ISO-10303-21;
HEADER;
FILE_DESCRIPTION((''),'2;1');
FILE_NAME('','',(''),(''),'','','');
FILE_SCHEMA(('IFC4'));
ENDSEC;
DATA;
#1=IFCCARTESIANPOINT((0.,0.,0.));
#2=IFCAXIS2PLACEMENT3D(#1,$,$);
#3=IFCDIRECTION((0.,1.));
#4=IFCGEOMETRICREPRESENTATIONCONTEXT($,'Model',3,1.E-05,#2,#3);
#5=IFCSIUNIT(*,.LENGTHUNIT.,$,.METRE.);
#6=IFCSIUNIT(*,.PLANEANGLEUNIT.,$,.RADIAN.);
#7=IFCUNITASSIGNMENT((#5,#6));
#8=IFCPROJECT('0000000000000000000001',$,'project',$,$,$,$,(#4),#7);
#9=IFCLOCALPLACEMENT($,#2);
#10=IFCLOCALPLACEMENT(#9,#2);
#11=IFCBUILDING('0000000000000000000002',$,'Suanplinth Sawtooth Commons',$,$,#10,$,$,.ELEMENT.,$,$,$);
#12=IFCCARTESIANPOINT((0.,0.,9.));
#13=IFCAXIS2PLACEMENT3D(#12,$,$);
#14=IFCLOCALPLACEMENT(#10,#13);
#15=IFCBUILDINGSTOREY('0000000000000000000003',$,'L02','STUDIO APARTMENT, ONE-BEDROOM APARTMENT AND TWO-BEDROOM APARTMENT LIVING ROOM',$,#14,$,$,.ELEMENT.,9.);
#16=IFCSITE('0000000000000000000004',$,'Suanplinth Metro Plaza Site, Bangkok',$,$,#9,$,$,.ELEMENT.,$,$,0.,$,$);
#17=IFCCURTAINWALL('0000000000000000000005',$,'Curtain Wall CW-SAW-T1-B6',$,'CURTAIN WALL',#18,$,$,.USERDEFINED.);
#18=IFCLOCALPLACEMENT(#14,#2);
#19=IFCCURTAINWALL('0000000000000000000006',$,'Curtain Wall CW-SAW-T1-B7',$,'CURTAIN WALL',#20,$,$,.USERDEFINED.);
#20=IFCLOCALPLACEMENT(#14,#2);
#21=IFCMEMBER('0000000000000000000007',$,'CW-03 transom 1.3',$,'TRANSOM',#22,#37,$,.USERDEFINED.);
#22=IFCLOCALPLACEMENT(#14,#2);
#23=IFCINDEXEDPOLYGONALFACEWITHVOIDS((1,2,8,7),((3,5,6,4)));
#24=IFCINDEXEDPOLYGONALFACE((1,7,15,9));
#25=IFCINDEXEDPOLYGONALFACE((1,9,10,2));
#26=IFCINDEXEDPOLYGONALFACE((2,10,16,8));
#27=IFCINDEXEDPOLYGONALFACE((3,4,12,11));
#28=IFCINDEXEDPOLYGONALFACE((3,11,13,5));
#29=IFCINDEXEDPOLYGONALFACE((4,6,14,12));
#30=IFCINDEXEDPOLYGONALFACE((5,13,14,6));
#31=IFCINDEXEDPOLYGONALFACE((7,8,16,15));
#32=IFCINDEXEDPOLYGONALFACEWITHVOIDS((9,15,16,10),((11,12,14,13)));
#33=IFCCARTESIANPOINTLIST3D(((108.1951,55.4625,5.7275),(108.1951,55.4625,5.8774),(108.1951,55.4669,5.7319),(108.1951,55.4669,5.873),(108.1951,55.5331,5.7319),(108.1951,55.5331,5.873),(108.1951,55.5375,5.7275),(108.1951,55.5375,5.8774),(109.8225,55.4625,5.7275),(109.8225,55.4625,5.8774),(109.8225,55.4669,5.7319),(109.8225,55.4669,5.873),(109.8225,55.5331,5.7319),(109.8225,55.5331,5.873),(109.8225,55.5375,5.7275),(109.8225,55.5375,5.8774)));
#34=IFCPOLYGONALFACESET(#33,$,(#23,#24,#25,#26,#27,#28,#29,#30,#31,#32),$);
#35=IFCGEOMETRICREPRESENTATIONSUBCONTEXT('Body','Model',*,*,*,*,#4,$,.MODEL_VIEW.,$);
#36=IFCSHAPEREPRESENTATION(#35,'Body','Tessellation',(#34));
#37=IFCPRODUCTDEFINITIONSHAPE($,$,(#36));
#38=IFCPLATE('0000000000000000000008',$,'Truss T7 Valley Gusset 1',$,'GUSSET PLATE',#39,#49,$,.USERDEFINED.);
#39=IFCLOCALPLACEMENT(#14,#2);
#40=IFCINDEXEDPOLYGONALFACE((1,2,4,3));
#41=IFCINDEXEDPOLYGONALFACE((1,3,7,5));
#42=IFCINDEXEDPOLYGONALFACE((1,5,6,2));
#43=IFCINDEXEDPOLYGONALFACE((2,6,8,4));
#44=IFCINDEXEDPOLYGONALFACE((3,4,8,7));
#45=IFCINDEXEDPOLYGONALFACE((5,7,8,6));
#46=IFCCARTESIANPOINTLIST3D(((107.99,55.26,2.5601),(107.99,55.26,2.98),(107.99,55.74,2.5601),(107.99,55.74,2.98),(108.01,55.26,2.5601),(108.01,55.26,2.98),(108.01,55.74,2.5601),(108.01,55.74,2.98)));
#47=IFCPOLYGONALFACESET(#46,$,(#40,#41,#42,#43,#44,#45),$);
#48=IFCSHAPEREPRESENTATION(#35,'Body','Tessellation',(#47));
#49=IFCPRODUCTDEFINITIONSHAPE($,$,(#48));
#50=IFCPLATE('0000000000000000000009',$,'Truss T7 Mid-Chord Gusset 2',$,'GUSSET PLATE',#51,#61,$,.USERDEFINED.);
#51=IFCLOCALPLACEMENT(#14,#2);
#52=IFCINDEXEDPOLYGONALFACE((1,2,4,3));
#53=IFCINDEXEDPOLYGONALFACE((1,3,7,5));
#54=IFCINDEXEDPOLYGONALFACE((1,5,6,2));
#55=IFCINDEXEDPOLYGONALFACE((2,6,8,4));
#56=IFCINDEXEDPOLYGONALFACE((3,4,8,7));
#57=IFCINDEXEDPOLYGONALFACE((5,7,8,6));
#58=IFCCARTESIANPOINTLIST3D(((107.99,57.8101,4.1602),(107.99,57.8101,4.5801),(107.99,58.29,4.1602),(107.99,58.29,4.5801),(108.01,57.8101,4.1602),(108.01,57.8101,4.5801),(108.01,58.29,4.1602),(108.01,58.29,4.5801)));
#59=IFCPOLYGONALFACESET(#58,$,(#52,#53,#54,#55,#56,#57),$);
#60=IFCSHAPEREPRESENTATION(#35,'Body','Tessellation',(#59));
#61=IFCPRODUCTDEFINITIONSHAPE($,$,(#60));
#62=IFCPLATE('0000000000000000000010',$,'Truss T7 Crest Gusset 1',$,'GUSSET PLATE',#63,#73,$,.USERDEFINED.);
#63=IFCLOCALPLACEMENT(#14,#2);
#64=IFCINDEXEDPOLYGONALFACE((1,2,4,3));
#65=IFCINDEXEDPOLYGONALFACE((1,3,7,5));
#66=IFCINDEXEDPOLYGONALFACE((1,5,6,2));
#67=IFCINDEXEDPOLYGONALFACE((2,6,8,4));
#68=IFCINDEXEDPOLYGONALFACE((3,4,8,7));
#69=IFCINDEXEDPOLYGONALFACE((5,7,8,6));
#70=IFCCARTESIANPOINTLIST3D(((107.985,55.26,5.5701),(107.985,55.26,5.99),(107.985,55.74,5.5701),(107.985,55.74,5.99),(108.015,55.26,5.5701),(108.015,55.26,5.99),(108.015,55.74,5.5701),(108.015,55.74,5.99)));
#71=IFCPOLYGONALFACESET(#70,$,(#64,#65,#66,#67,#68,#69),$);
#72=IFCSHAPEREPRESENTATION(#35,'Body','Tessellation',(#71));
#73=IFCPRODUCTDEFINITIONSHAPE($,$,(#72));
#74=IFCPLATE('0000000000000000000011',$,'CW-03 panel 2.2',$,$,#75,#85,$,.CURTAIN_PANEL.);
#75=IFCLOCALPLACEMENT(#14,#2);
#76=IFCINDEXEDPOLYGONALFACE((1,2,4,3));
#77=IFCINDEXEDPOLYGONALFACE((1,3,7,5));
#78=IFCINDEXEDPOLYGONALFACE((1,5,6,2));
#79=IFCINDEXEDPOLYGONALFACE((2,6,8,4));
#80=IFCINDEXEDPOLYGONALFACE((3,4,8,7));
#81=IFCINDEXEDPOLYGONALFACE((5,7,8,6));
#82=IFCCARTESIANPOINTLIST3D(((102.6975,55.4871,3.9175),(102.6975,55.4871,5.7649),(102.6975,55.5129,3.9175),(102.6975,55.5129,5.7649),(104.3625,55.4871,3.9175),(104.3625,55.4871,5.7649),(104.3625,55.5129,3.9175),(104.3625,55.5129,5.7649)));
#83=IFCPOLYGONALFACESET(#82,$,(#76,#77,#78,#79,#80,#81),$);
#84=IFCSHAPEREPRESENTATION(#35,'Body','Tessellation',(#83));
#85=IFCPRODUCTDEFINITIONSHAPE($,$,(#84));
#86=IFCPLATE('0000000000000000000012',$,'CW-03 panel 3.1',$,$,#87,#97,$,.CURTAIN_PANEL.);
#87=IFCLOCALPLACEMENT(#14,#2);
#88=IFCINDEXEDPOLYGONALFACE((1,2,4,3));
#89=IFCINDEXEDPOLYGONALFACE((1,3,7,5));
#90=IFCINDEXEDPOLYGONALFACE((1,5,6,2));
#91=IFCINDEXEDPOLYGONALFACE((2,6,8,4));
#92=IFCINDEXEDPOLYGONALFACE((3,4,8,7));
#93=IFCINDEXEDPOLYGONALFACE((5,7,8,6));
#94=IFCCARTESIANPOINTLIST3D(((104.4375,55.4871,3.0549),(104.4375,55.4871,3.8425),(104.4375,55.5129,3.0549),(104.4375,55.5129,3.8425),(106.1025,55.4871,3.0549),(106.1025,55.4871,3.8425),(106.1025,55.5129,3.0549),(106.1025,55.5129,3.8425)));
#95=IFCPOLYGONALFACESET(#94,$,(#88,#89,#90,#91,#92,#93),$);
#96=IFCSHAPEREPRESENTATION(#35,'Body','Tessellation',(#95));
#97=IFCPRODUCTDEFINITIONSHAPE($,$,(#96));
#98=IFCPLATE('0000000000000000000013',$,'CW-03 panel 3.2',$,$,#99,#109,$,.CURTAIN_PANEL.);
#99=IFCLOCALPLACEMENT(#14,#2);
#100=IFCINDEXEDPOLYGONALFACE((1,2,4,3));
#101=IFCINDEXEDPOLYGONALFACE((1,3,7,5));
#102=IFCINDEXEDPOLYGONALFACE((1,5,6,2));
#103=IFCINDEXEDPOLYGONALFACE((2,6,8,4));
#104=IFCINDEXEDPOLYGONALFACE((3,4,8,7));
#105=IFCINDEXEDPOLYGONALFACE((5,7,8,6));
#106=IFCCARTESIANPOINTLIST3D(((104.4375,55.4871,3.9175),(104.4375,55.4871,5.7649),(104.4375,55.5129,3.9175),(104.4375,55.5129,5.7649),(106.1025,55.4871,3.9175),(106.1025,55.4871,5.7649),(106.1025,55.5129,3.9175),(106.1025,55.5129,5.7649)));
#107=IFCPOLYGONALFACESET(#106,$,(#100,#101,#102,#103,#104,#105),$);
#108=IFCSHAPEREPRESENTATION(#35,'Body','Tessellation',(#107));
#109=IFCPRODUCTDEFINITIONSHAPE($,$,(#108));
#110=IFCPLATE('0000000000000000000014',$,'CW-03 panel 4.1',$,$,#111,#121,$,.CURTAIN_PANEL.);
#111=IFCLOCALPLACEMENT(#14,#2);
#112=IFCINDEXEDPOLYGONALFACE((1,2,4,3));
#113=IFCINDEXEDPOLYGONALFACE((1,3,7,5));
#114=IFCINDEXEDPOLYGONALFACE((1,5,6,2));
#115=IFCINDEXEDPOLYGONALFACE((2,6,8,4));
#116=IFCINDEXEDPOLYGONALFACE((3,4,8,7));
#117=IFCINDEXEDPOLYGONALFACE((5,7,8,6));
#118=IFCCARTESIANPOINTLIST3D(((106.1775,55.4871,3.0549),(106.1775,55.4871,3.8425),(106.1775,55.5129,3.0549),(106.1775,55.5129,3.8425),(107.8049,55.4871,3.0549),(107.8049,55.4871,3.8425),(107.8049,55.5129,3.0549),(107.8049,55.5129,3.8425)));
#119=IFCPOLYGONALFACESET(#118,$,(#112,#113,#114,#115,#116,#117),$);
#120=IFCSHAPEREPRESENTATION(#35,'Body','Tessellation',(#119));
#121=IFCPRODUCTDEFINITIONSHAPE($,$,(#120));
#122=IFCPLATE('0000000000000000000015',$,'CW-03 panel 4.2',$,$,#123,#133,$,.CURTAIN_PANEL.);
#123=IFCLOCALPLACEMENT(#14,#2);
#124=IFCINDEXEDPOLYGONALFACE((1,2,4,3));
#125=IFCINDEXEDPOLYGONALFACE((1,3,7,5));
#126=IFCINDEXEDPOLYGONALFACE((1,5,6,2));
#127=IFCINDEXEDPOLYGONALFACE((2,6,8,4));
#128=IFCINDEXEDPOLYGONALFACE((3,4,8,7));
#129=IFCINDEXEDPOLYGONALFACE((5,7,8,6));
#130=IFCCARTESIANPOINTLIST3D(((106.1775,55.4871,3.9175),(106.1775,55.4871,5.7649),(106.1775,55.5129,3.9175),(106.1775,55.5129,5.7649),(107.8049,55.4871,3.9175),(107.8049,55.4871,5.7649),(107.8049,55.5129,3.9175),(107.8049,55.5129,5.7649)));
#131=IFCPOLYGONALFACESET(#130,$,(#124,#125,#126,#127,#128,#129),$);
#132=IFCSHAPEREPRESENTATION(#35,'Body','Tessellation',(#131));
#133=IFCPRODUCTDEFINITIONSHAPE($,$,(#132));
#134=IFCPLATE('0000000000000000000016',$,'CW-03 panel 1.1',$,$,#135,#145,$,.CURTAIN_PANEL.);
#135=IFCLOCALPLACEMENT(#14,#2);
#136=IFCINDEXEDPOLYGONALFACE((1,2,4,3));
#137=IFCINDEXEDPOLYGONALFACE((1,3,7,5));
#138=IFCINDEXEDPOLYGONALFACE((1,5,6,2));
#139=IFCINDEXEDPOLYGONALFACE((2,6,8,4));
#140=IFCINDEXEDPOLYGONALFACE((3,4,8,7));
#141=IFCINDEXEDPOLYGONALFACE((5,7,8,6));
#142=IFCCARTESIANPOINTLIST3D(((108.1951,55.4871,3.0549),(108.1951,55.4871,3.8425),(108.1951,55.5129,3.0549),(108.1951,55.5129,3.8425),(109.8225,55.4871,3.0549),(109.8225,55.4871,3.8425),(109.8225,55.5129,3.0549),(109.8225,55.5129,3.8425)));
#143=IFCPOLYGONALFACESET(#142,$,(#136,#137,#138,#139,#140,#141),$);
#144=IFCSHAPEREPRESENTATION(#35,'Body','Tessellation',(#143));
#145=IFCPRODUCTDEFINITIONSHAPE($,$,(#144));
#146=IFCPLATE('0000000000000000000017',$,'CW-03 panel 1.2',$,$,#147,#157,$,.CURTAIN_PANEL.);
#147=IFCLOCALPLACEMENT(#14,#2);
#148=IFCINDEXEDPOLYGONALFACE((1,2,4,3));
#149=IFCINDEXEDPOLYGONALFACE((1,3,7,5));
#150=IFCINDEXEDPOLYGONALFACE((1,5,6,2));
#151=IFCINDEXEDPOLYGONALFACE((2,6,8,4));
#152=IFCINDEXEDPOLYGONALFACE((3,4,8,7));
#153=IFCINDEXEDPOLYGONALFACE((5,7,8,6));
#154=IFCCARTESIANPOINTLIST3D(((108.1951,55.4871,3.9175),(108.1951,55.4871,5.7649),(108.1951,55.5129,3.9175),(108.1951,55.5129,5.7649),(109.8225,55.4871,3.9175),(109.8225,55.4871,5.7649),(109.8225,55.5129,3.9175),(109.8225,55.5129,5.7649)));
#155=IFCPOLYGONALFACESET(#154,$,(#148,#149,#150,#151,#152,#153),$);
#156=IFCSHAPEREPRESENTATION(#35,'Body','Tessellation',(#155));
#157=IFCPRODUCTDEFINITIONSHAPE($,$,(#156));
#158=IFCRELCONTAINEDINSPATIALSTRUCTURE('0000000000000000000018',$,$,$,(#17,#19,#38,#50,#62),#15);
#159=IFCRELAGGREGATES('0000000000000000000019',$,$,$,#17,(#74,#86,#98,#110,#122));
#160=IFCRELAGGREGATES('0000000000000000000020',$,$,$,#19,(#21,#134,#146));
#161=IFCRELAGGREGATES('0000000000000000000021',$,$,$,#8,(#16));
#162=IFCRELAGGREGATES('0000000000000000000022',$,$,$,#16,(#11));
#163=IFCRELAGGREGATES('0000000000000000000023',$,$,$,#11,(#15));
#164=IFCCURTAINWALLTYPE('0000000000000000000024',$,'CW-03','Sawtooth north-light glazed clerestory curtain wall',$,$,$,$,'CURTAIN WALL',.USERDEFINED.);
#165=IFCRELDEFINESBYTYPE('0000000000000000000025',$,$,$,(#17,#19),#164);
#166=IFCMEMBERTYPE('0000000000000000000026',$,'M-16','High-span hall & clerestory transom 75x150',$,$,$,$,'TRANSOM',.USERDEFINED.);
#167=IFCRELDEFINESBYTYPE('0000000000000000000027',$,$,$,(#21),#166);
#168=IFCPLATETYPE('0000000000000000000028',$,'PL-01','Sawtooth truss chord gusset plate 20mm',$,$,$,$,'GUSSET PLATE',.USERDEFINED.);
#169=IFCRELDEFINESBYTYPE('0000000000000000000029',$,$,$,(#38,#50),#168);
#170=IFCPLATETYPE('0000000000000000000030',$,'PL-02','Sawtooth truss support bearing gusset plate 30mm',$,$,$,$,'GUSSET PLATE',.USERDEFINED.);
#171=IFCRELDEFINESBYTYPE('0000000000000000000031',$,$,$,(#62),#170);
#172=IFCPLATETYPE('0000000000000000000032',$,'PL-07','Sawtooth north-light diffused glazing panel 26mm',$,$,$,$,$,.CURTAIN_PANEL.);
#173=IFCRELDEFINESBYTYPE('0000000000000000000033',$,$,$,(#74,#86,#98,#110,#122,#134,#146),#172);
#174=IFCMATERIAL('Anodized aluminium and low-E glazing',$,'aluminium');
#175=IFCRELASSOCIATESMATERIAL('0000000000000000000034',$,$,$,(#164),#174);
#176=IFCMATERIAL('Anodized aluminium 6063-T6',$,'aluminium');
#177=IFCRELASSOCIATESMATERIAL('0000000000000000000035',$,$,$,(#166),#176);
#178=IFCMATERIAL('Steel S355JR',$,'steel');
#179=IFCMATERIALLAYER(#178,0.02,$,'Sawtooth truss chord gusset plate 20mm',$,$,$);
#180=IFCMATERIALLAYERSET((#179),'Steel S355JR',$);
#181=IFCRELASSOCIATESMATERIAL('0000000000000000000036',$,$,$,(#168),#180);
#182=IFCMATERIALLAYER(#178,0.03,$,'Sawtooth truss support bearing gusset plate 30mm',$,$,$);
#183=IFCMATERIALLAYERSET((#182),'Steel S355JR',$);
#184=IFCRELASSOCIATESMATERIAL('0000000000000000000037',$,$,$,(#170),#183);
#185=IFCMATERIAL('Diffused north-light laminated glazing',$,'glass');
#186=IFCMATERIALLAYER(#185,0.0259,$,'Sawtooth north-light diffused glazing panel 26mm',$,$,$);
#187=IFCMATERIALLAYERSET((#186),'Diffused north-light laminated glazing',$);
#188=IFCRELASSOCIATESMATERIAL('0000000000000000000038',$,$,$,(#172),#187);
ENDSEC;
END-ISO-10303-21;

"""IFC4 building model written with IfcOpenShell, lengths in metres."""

from ifc_helpers import new_model, si_unit, direction, frame, origin, origin_2d, place, context, subcontext, project, spatial, rectangle, hollow_rectangle, extrude, material, layer, layer_set, material_profile, profile_set, type_object, element, aggregate, save


model = new_model("IFC4")

# Units and contexts
model_context = context("Model", 3, precision=1e-05, world=origin(), true_north=direction((0.0, 1.0)))
body_context = subcontext(model_context, "Body", "Model", "MODEL_VIEW")
ifc_project = project(units=[si_unit("LENGTHUNIT", "METRE"), si_unit("PLANEANGLEUNIT", "RADIAN")], contexts=[model_context])

# Site, building, storey
site_placement = place(None, origin())
site = spatial("IfcSite", under=ifc_project, at=site_placement, Name="Suanplinth Metro Plaza Site, Bangkok", CompositionType="ELEMENT", RefElevation=0.0)
building_placement = place(site_placement, origin())
building = spatial("IfcBuilding", under=site, at=building_placement, Name="Suanplinth Sawtooth Commons", CompositionType="ELEMENT")
storey_placement = place(building_placement, frame((0.0, 0.0, 9.0)))
storey = spatial("IfcBuildingStorey", under=building, at=storey_placement, Name="L02", Description="STUDIO APARTMENT, ONE-BEDROOM APARTMENT AND TWO-BEDROOM APARTMENT LIVING ROOM", CompositionType="ELEMENT", Elevation=9.0)

# Shared definitions
ifc_material_1 = material(Name="Steel S355JR", Category="steel")

# Curtain wall
ifc_material_2 = material(Name="Anodized aluminium and low-E glazing", Category="aluminium")
curtain_wall_type = type_object("IfcCurtainWallType", Name="CW-03", Description="Sawtooth north-light glazed clerestory curtain wall", ElementType="CURTAIN WALL", PredefinedType="USERDEFINED", material=ifc_material_2)
curtain_wall_1_placement = place(storey_placement, origin())
curtain_wall_1 = element("IfcCurtainWall", 1, at=curtain_wall_1_placement, inside=storey, type_object=curtain_wall_type, Name="Curtain Wall CW-SAW-T1-B6", ObjectType="CURTAIN WALL", PredefinedType="USERDEFINED")
ifc_material_3 = material(Name="Anodized aluminium 6063-T6", Category="aluminium")

# Curtain wall
curtain_wall_2_placement = place(storey_placement, origin())
curtain_wall_2 = element("IfcCurtainWall", 2, at=curtain_wall_2_placement, inside=storey, type_object=curtain_wall_type, Name="Curtain Wall CW-SAW-T1-B7", ObjectType="CURTAIN WALL", PredefinedType="USERDEFINED")

# Member
ifc_material_profile_1 = material_profile(ifc_material_3, hollow_rectangle(XDim=0.075, YDim=0.1499, WallThickness=0.0044, at=origin_2d()), Name="ALU-TRN 75x150")
ifc_profile_set_1 = profile_set([ifc_material_profile_1], Name="Anodized aluminium 6063-T6")
member_type_1 = type_object("IfcMemberType", Name="M-16", Description="High-span hall & clerestory transom 75x150", ElementType="TRANSOM", PredefinedType="USERDEFINED", material=ifc_profile_set_1)
member_1_placement = place(storey_placement, frame((108.1951, 55.5, 5.8025), z_axis=(1.0, 0.0, 0.0), x_axis=(0.0, 1.0, 0.0)))
member_1 = element("IfcMember", 3, at=member_1_placement, type_object=member_type_1, Name="CW-03 transom 1.3", ObjectType="TRANSOM", PredefinedType="USERDEFINED", context=body_context, shape_type="SweptSolid", body=[
    extrude(hollow_rectangle(XDim=0.075, YDim=0.1499, WallThickness=0.0044, at=origin_2d()), origin(), (0.0, 0.0, 1.0), 1.6274),
])

# Plates
ifc_layer_1 = layer(ifc_material_1, 0.02, Name="Sawtooth truss chord gusset plate 20mm")
ifc_layer_set_1 = layer_set([ifc_layer_1], Name="Steel S355JR")
plate_type_1 = type_object("IfcPlateType", Name="PL-01", Description="Sawtooth truss chord gusset plate 20mm", ElementType="GUSSET PLATE", PredefinedType="USERDEFINED", material=ifc_layer_set_1)
for number, where, z_axis, x_axis, name in (
    (4, (108.0, 55.5, 2.5601), (0.0, 0.0, 1.0), (1.0, 0.0, 0.0), "Truss T7 Valley Gusset 1"),
    (5, (108.0, 58.05, 4.1602), (0.0, 0.0, 1.0), (1.0, 0.0, 0.0), "Truss T7 Mid-Chord Gusset 2"),
):
    element("IfcPlate", number, at=place(storey_placement, frame(where, z_axis=z_axis, x_axis=x_axis)), inside=storey, type_object=plate_type_1, Name=name, ObjectType="GUSSET PLATE", PredefinedType="USERDEFINED", context=body_context, shape_type="SweptSolid", body=[
        extrude(rectangle(XDim=0.02, YDim=0.48, at=origin_2d()), origin(), (0.0, 0.0, 1.0), 0.4199),
    ])
ifc_layer_2 = layer(ifc_material_1, 0.03, Name="Sawtooth truss support bearing gusset plate 30mm")
ifc_layer_set_2 = layer_set([ifc_layer_2], Name="Steel S355JR")
plate_type_2 = type_object("IfcPlateType", Name="PL-02", Description="Sawtooth truss support bearing gusset plate 30mm", ElementType="GUSSET PLATE", PredefinedType="USERDEFINED", material=ifc_layer_set_2)
plate_1_placement = place(storey_placement, frame((108.0, 55.5, 5.5701), z_axis=(0.0, 0.0, 1.0), x_axis=(1.0, 0.0, 0.0)))
element("IfcPlate", 6, at=plate_1_placement, inside=storey, type_object=plate_type_2, Name="Truss T7 Crest Gusset 1", ObjectType="GUSSET PLATE", PredefinedType="USERDEFINED", context=body_context, shape_type="SweptSolid", body=[
    extrude(rectangle(XDim=0.03, YDim=0.48, at=origin_2d()), origin(), (0.0, 0.0, 1.0), 0.4199),
])

# Plates
ifc_material_4 = material(Name="Diffused north-light laminated glazing", Category="glass")
ifc_layer_3 = layer(ifc_material_4, 0.0259, Name="Sawtooth north-light diffused glazing panel 26mm")
ifc_layer_set_3 = layer_set([ifc_layer_3], Name="Diffused north-light laminated glazing")
plate_type_3 = type_object("IfcPlateType", Name="PL-07", Description="Sawtooth north-light diffused glazing panel 26mm", PredefinedType="CURTAIN_PANEL", material=ifc_layer_set_3)
plate_2_placement = place(storey_placement, frame((103.53, 55.5, 3.9175), z_axis=(0.0, 0.0, 1.0), x_axis=(1.0, 0.0, 0.0)))
plate_2 = element("IfcPlate", 7, at=plate_2_placement, type_object=plate_type_3, Name="CW-03 panel 2.2", PredefinedType="CURTAIN_PANEL", context=body_context, shape_type="SweptSolid", body=[
    extrude(rectangle(XDim=1.665, YDim=0.0259, at=origin_2d()), origin(), (0.0, 0.0, 1.0), 1.8474),
])
plate_3_placement = place(storey_placement, frame((105.27, 55.5, 3.0549), z_axis=(0.0, 0.0, 1.0), x_axis=(1.0, 0.0, 0.0)))
plate_3 = element("IfcPlate", 8, at=plate_3_placement, type_object=plate_type_3, Name="CW-03 panel 3.1", PredefinedType="CURTAIN_PANEL", context=body_context, shape_type="SweptSolid", body=[
    extrude(rectangle(XDim=1.665, YDim=0.0259, at=origin_2d()), origin(), (0.0, 0.0, 1.0), 0.7876),
])
plate_4_placement = place(storey_placement, frame((105.27, 55.5, 3.9175), z_axis=(0.0, 0.0, 1.0), x_axis=(1.0, 0.0, 0.0)))
plate_4 = element("IfcPlate", 9, at=plate_4_placement, type_object=plate_type_3, Name="CW-03 panel 3.2", PredefinedType="CURTAIN_PANEL", context=body_context, shape_type="SweptSolid", body=[
    extrude(rectangle(XDim=1.665, YDim=0.0259, at=origin_2d()), origin(), (0.0, 0.0, 1.0), 1.8474),
])
plate_5_placement = place(storey_placement, frame((106.9912, 55.5, 3.0549), z_axis=(0.0, 0.0, 1.0), x_axis=(1.0, 0.0, 0.0)))
plate_5 = element("IfcPlate", 10, at=plate_5_placement, type_object=plate_type_3, Name="CW-03 panel 4.1", PredefinedType="CURTAIN_PANEL", context=body_context, shape_type="SweptSolid", body=[
    extrude(rectangle(XDim=1.6274, YDim=0.0259, at=origin_2d()), origin(), (0.0, 0.0, 1.0), 0.7876),
])
plate_6_placement = place(storey_placement, frame((106.9912, 55.5, 3.9175), z_axis=(0.0, 0.0, 1.0), x_axis=(1.0, 0.0, 0.0)))
plate_6 = element("IfcPlate", 11, at=plate_6_placement, type_object=plate_type_3, Name="CW-03 panel 4.2", PredefinedType="CURTAIN_PANEL", context=body_context, shape_type="SweptSolid", body=[
    extrude(rectangle(XDim=1.6274, YDim=0.0259, at=origin_2d()), origin(), (0.0, 0.0, 1.0), 1.8474),
])
aggregate(curtain_wall_1, [plate_2, plate_3, plate_4, plate_5, plate_6])
plate_7_placement = place(storey_placement, frame((109.0088, 55.5, 3.0549), z_axis=(0.0, 0.0, 1.0), x_axis=(1.0, 0.0, 0.0)))
plate_7 = element("IfcPlate", 12, at=plate_7_placement, type_object=plate_type_3, Name="CW-03 panel 1.1", PredefinedType="CURTAIN_PANEL", context=body_context, shape_type="SweptSolid", body=[
    extrude(rectangle(XDim=1.6274, YDim=0.0259, at=origin_2d()), origin(), (0.0, 0.0, 1.0), 0.7876),
])
plate_8_placement = place(storey_placement, frame((109.0088, 55.5, 3.9175), z_axis=(0.0, 0.0, 1.0), x_axis=(1.0, 0.0, 0.0)))
plate_8 = element("IfcPlate", 13, at=plate_8_placement, type_object=plate_type_3, Name="CW-03 panel 1.2", PredefinedType="CURTAIN_PANEL", context=body_context, shape_type="SweptSolid", body=[
    extrude(rectangle(XDim=1.6274, YDim=0.0259, at=origin_2d()), origin(), (0.0, 0.0, 1.0), 1.8474),
])
aggregate(curtain_wall_2, [member_1, plate_7, plate_8])

save(model, "model.ifc")
